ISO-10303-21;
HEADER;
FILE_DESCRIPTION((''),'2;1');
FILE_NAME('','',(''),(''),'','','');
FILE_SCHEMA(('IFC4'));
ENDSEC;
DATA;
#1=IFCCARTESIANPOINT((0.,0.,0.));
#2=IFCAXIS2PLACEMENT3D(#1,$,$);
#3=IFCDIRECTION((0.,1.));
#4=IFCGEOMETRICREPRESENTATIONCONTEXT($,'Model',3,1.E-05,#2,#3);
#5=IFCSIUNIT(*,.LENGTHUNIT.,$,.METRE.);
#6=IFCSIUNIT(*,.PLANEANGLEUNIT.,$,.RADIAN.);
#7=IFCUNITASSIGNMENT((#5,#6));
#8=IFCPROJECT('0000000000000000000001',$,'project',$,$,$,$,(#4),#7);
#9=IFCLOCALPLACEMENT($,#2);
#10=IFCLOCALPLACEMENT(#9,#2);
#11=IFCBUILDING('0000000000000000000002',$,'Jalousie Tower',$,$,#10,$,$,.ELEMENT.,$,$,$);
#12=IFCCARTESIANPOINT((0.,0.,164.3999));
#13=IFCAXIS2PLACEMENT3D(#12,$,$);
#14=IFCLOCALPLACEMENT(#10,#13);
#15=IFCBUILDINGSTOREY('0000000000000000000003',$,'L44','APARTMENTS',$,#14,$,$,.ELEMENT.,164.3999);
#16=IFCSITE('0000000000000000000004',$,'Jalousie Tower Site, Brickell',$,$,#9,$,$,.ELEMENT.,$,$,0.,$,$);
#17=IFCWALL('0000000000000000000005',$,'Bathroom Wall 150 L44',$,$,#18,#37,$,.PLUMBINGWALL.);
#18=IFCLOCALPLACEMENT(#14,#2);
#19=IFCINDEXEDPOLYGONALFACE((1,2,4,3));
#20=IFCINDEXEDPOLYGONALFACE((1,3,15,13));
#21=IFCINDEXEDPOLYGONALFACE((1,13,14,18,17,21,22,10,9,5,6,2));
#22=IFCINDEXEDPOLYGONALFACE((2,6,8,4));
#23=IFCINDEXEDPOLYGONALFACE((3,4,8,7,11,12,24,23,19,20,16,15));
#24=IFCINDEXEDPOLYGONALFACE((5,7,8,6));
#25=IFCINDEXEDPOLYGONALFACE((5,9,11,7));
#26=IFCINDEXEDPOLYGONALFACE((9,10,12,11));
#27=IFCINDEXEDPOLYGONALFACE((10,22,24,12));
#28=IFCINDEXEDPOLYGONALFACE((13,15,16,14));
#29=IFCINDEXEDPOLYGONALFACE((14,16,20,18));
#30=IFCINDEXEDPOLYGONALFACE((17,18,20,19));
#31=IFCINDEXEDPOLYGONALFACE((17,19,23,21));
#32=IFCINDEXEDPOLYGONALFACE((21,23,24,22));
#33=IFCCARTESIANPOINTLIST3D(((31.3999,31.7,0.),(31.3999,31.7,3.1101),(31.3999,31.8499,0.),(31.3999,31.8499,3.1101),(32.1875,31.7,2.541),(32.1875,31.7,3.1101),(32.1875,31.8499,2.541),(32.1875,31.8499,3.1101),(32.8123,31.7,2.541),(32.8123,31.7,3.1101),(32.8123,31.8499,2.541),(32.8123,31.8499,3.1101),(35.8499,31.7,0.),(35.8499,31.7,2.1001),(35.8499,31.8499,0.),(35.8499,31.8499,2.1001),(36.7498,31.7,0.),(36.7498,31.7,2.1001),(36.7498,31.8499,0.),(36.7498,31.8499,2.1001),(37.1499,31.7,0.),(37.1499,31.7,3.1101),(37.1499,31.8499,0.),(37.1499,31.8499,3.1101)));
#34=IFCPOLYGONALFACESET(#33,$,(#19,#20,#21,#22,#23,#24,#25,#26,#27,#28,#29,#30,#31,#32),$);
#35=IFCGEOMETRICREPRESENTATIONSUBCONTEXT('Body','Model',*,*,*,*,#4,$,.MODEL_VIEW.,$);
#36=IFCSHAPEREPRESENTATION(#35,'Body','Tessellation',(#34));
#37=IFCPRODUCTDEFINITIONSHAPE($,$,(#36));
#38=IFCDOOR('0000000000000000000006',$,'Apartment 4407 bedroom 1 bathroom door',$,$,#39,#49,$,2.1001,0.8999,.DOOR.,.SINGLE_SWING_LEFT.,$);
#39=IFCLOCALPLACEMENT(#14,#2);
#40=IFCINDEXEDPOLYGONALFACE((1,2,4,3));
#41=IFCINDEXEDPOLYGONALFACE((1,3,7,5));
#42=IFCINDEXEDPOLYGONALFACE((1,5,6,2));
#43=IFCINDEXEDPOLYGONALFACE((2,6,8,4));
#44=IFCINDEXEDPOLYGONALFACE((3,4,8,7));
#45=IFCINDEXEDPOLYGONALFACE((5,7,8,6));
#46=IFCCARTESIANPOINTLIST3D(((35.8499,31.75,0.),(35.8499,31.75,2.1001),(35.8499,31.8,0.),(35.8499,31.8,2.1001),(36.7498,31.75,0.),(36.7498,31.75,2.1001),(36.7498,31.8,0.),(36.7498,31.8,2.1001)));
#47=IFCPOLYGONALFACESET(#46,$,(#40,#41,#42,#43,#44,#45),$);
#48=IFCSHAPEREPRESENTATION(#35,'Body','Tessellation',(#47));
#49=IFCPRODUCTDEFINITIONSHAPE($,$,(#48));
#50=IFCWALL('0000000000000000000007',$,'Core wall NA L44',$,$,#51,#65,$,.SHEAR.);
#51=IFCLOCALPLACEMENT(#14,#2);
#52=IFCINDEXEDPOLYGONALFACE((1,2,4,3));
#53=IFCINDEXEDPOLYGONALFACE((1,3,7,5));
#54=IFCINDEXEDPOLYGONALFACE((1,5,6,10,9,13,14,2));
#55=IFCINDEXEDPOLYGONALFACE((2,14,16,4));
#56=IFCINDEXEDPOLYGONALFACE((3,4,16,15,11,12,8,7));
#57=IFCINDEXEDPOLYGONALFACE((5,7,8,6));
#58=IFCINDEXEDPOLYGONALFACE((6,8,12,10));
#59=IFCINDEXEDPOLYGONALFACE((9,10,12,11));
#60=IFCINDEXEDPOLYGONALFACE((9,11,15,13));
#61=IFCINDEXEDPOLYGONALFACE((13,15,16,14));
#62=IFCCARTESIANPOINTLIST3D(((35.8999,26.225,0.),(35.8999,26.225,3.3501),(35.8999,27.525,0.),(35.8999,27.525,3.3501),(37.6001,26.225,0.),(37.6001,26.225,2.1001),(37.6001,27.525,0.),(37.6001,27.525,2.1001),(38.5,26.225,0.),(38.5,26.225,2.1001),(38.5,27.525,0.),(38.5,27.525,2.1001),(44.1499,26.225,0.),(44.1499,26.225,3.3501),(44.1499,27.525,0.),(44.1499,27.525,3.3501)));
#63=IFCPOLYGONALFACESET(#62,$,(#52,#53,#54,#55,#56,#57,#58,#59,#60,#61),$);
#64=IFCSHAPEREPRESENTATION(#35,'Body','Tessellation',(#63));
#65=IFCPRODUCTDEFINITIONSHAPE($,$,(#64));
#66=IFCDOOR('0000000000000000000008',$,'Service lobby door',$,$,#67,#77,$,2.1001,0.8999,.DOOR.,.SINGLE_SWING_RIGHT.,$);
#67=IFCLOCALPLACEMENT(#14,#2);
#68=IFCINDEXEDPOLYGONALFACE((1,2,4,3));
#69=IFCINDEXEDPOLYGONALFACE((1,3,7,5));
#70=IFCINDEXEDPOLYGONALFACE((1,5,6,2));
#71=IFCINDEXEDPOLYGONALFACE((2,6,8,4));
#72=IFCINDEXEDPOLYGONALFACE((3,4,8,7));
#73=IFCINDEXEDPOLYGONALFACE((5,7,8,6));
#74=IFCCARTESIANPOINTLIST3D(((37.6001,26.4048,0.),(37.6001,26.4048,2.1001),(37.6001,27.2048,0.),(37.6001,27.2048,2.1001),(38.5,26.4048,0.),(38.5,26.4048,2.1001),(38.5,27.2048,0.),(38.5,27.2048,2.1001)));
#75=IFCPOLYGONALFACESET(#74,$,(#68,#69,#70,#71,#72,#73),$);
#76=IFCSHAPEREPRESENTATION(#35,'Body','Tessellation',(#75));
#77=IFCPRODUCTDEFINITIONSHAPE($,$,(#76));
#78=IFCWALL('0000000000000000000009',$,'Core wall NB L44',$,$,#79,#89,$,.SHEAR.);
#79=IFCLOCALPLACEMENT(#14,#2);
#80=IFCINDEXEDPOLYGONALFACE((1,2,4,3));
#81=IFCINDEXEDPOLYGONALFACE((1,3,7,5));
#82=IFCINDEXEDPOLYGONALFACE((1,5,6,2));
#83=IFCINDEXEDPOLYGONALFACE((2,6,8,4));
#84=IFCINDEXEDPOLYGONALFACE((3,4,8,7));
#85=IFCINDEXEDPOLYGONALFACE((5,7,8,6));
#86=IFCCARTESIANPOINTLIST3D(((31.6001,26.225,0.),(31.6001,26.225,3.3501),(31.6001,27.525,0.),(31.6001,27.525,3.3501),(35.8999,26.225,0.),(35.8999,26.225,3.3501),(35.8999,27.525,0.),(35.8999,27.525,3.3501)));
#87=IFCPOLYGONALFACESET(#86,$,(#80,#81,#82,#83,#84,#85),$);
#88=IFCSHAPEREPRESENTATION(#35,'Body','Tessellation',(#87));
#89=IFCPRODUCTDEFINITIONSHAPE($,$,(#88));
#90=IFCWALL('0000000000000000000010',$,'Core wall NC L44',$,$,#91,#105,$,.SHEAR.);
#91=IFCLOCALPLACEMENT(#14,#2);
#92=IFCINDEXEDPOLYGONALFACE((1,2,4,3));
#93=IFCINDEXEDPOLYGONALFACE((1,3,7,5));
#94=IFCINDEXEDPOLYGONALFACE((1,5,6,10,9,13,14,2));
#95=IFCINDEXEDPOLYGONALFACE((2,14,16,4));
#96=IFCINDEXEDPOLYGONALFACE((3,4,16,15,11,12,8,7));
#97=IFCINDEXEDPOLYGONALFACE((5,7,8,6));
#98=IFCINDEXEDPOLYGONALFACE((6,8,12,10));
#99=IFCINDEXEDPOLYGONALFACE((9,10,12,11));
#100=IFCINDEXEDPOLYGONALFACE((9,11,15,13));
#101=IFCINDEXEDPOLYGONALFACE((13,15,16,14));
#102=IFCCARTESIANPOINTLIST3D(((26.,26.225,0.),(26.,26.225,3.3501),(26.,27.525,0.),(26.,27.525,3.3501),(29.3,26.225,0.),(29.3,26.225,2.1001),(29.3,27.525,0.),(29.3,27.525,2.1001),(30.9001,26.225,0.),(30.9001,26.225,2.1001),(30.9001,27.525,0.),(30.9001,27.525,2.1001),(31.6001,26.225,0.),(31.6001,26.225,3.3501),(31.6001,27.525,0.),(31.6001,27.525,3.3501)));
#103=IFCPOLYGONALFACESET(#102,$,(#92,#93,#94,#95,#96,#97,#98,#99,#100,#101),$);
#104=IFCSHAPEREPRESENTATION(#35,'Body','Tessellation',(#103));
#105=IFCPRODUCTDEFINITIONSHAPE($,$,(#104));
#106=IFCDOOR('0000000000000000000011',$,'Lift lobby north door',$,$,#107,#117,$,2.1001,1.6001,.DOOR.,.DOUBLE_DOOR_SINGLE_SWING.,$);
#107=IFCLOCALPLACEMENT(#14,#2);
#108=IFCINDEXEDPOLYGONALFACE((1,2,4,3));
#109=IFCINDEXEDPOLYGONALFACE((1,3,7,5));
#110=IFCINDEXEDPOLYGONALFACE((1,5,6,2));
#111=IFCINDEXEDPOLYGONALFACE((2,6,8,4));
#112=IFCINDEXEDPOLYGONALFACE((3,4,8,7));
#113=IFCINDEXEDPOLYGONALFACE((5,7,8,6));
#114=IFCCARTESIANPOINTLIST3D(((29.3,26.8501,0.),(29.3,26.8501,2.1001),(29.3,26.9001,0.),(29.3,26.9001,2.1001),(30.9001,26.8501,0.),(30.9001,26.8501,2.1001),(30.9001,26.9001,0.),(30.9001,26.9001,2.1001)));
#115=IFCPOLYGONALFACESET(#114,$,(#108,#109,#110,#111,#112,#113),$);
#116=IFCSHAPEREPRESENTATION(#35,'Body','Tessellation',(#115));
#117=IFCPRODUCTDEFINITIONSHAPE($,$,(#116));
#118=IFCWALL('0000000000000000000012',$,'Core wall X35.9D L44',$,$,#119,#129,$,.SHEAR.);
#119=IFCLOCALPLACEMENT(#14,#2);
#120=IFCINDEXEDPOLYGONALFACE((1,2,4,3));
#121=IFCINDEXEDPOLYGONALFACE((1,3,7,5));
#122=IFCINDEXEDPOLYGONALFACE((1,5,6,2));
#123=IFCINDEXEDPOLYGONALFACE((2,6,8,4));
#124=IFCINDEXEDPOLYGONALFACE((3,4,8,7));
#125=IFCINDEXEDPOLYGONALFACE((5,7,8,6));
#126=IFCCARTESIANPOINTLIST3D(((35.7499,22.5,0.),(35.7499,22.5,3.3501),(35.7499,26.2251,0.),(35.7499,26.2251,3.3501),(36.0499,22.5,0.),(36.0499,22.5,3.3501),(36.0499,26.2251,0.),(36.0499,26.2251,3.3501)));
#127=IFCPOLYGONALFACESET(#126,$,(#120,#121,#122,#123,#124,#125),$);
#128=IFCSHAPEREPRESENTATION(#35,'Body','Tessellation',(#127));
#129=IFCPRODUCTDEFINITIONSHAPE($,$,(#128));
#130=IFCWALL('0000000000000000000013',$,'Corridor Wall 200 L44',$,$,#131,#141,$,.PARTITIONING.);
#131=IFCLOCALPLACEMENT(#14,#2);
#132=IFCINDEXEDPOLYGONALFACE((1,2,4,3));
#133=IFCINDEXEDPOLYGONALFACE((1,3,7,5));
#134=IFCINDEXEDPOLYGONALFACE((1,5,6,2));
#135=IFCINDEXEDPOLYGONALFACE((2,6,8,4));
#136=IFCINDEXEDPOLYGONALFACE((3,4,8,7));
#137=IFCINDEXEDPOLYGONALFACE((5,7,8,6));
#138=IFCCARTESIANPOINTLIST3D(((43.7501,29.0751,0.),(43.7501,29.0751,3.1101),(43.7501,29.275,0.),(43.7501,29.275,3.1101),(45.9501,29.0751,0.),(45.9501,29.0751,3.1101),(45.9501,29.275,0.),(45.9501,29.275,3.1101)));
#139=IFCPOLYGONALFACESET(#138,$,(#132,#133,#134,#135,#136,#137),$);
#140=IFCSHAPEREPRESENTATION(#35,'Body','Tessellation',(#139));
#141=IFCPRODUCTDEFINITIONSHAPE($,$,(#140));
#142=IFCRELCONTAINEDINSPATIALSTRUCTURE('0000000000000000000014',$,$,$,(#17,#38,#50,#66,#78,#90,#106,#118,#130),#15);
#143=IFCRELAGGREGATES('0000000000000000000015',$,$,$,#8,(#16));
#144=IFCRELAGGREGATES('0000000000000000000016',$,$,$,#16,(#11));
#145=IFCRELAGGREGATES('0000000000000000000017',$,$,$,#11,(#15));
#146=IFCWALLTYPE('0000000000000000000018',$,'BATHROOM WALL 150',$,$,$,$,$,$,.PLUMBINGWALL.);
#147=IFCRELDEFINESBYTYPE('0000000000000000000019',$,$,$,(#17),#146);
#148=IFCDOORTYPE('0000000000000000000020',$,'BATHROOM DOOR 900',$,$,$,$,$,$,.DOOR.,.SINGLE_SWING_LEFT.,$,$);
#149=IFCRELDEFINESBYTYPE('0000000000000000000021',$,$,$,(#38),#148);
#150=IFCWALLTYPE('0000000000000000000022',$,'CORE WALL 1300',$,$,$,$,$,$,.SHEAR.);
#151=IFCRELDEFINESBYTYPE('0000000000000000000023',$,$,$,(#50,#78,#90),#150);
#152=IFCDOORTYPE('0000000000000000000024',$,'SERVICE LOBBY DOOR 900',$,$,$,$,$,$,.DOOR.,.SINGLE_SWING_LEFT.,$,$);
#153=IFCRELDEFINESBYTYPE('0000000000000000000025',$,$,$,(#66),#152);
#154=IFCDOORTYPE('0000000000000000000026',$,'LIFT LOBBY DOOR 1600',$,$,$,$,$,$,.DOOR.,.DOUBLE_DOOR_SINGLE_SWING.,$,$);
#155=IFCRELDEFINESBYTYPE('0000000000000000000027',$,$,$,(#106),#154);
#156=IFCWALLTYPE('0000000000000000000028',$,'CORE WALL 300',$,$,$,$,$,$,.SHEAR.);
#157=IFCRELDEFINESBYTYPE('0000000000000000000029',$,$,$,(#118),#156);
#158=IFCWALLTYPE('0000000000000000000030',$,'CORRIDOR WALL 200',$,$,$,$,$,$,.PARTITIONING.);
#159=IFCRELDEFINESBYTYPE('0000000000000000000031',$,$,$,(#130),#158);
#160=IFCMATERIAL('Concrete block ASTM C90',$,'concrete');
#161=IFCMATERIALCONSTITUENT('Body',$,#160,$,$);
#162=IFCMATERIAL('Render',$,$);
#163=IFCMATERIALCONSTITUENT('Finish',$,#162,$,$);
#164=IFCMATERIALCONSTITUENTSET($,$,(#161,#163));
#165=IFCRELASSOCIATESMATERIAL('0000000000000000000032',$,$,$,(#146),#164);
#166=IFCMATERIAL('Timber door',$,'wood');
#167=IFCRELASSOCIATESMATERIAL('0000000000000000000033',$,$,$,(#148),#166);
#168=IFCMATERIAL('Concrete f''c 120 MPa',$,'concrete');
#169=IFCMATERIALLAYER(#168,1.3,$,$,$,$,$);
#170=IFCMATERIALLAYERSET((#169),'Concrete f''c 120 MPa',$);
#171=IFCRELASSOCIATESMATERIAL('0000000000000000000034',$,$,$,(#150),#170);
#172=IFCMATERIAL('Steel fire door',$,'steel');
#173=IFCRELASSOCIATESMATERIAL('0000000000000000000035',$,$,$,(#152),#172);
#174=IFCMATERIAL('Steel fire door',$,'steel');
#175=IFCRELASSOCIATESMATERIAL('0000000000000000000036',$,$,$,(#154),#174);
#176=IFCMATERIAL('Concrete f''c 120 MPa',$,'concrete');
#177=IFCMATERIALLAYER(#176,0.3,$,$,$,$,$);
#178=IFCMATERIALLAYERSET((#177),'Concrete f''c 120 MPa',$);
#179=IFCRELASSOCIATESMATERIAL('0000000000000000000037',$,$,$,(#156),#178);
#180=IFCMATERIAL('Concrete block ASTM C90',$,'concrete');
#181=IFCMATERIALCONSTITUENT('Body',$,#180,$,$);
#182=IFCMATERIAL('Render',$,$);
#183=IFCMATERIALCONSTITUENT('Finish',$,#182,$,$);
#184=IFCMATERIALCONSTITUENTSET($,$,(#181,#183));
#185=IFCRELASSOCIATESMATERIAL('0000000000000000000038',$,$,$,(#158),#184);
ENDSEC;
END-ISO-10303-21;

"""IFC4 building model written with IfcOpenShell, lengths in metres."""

from ifc_helpers import new_model, si_unit, direction, frame, frame_2d, origin, place, context, subcontext, project, spatial, polyline, rectangle, outline, extrude, material, layer, layer_set, constituent, constituent_set, type_object, element, fill, save


model = new_model("IFC4")

# Units and contexts
model_context = context("Model", 3, precision=1e-05, world=origin(), true_north=direction((0.0, 1.0)))
body_context = subcontext(model_context, "Body", "Model", "MODEL_VIEW")
ifc_project = project(units=[si_unit("LENGTHUNIT", "METRE"), si_unit("PLANEANGLEUNIT", "RADIAN")], contexts=[model_context])

# Site, building, storey
site_placement = place(None, origin())
site = spatial("IfcSite", under=ifc_project, at=site_placement, Name="Jalousie Tower Site, Brickell", CompositionType="ELEMENT", RefElevation=0.0)
building_placement = place(site_placement, origin())
building = spatial("IfcBuilding", under=site, at=building_placement, Name="Jalousie Tower", CompositionType="ELEMENT")
storey_placement = place(building_placement, frame((0.0, 0.0, 164.3999)))
storey = spatial("IfcBuildingStorey", under=building, at=storey_placement, Name="L44", Description="APARTMENTS", CompositionType="ELEMENT", Elevation=164.3999)

# Walls, openings, doors
ifc_material_1 = material(Name="Concrete block ASTM C90", Category="concrete")
ifc_constituent_1 = constituent(ifc_material_1, Name="Body")
ifc_material_2 = material(Name="Render")
ifc_constituent_2 = constituent(ifc_material_2, Name="Finish")
ifc_constituent_set_1 = constituent_set(constituents=[ifc_constituent_1, ifc_constituent_2])
wall_type_1 = type_object("IfcWallType", Name="BATHROOM WALL 150", PredefinedType="PLUMBINGWALL", material=ifc_constituent_set_1)
wall_1_placement = place(storey_placement, frame((31.3999, 31.7749, 0.0), z_axis=(0.0, 0.0, 1.0), x_axis=(1.0, 0.0, 0.0)))
wall_1 = element("IfcWall", 1, at=wall_1_placement, inside=storey, type_object=wall_type_1, Name="Bathroom Wall 150 L44", PredefinedType="PLUMBINGWALL", context=body_context, shape_type="SweptSolid", body=[
    extrude(outline(polyline([(0.0, 0.0), (5.75, 0.0), (5.75, 3.1101), (1.4124, 3.1101), (1.4124, 2.541), (0.7876, 2.541), (0.7876, 3.1101), (0.0, 3.1101), (0.0, 0.0)])), frame((0.0, 0.075, 0.0), z_axis=(0.0, -1.0, 0.0), x_axis=(1.0, 0.0, 0.0)), (0.0, 0.0, 1.0), 0.1499),
])
opening_1_placement = place(wall_1_placement, frame((4.45, 0.0, 0.0)))
opening_1 = element("IfcOpeningElement", 2, at=opening_1_placement, cuts=wall_1, PredefinedType="OPENING", context=body_context, shape_type="SweptSolid", body=[
    extrude(rectangle(XDim=0.8999, YDim=2.1001, at=frame_2d((0.45, 1.05))), frame((0.0, 0.085, 0.0), z_axis=(0.0, -1.0, 0.0), x_axis=(1.0, 0.0, 0.0)), (0.0, 0.0, 1.0), 0.1699),
])
ifc_material_3 = material(Name="Timber door", Category="wood")
door_type_1 = type_object("IfcDoorType", Name="BATHROOM DOOR 900", OperationType="SINGLE_SWING_LEFT", PredefinedType="DOOR", material=ifc_material_3)
door_1_placement = place(opening_1_placement, frame((0.8999, 0.0, 0.0), z_axis=(0.0, 0.0, 1.0), x_axis=(-1.0, 0.0, 0.0)))
door_1 = element("IfcDoor", 3, at=door_1_placement, inside=storey, type_object=door_type_1, Name="Apartment 4407 bedroom 1 bathroom door", OperationType="SINGLE_SWING_LEFT", OverallHeight=2.1001, OverallWidth=0.8999, PredefinedType="DOOR", context=body_context, shape_type="SweptSolid", body=[
    extrude(rectangle(XDim=0.8999, YDim=2.1001, at=frame_2d((0.45, 1.05))), frame((0.0, 0.0249, 0.0), z_axis=(0.0, -1.0, 0.0), x_axis=(1.0, 0.0, 0.0)), (0.0, 0.0, 1.0), 0.05),
])
fill(opening_1, door_1)
ifc_material_4 = material(Name="Concrete f'c 120 MPa", Category="concrete")
ifc_layer_1 = layer(ifc_material_4, 1.3)
ifc_layer_set_1 = layer_set([ifc_layer_1], Name="Concrete f'c 120 MPa")
wall_type_2 = type_object("IfcWallType", Name="CORE WALL 1300", PredefinedType="SHEAR", material=ifc_layer_set_1)
wall_2_placement = place(storey_placement, frame((44.1499, 26.875, 0.0), z_axis=(0.0, 0.0, 1.0), x_axis=(-1.0, 0.0, 0.0)))
wall_2 = element("IfcWall", 4, at=wall_2_placement, inside=storey, type_object=wall_type_2, Name="Core wall NA L44", PredefinedType="SHEAR", context=body_context, shape_type="SweptSolid", body=[
    extrude(rectangle(XDim=8.25, YDim=1.3, at=frame_2d((4.125, 0.0))), origin(), (0.0, 0.0, 1.0), 3.3501),
])
opening_2_placement = place(wall_2_placement, frame((5.6499, 0.0, 0.0)))
opening_2 = element("IfcOpeningElement", 5, at=opening_2_placement, cuts=wall_2, PredefinedType="OPENING", context=body_context, shape_type="SweptSolid", body=[
    extrude(rectangle(XDim=0.8999, YDim=2.1001, at=frame_2d((0.45, 1.05))), frame((0.0, 0.6599, 0.0), z_axis=(0.0, -1.0, 0.0), x_axis=(1.0, 0.0, 0.0)), (0.0, 0.0, 1.0), 1.3201),
])
ifc_material_5 = material(Name="Steel fire door", Category="steel")
door_type_2 = type_object("IfcDoorType", Name="SERVICE LOBBY DOOR 900", OperationType="SINGLE_SWING_LEFT", PredefinedType="DOOR", material=ifc_material_5)
door_2_placement = place(opening_2_placement, origin())
door_2 = element("IfcDoor", 6, at=door_2_placement, inside=storey, type_object=door_type_2, Name="Service lobby door", OperationType="SINGLE_SWING_RIGHT", OverallHeight=2.1001, OverallWidth=0.8999, PredefinedType="DOOR", context=body_context, shape_type="SweptSolid", body=[
    extrude(rectangle(XDim=0.8999, YDim=2.1001, at=frame_2d((0.45, 1.05))), frame((0.0, 0.4702, 0.0), z_axis=(0.0, -1.0, 0.0), x_axis=(1.0, 0.0, 0.0)), (0.0, 0.0, 1.0), 0.8),
])
fill(opening_2, door_2)

# Wall
wall_3_placement = place(storey_placement, frame((35.8999, 26.875, 0.0), z_axis=(0.0, 0.0, 1.0), x_axis=(-1.0, 0.0, 0.0)))
element("IfcWall", 7, at=wall_3_placement, inside=storey, type_object=wall_type_2, Name="Core wall NB L44", PredefinedType="SHEAR", context=body_context, shape_type="SweptSolid", body=[
    extrude(rectangle(XDim=4.2998, YDim=1.3, at=frame_2d((2.1499, 0.0))), origin(), (0.0, 0.0, 1.0), 3.3501),
])

# Wall, opening, door
wall_4_placement = place(storey_placement, frame((31.6001, 26.875, 0.0), z_axis=(0.0, 0.0, 1.0), x_axis=(-1.0, 0.0, 0.0)))
wall_4 = element("IfcWall", 8, at=wall_4_placement, inside=storey, type_object=wall_type_2, Name="Core wall NC L44", PredefinedType="SHEAR", context=body_context, shape_type="SweptSolid", body=[
    extrude(rectangle(XDim=5.6001, YDim=1.3, at=frame_2d((2.8, 0.0))), origin(), (0.0, 0.0, 1.0), 3.3501),
])
opening_3_placement = place(wall_4_placement, frame((0.7, 0.0, 0.0)))
opening_3 = element("IfcOpeningElement", 9, at=opening_3_placement, cuts=wall_4, PredefinedType="OPENING", context=body_context, shape_type="SweptSolid", body=[
    extrude(rectangle(XDim=1.6001, YDim=2.1001, at=frame_2d((0.8, 1.05))), frame((0.0, 0.6599, 0.0), z_axis=(0.0, -1.0, 0.0), x_axis=(1.0, 0.0, 0.0)), (0.0, 0.0, 1.0), 1.3201),
])
ifc_material_6 = material(Name="Steel fire door", Category="steel")
door_type_3 = type_object("IfcDoorType", Name="LIFT LOBBY DOOR 1600", OperationType="DOUBLE_DOOR_SINGLE_SWING", PredefinedType="DOOR", material=ifc_material_6)
door_3_placement = place(opening_3_placement, origin())
door_3 = element("IfcDoor", 10, at=door_3_placement, inside=storey, type_object=door_type_3, Name="Lift lobby north door", OperationType="DOUBLE_DOOR_SINGLE_SWING", OverallHeight=2.1001, OverallWidth=1.6001, PredefinedType="DOOR", context=body_context, shape_type="SweptSolid", body=[
    extrude(rectangle(XDim=1.6001, YDim=2.1001, at=frame_2d((0.8, 1.05))), frame((0.0, 0.0249, 0.0), z_axis=(0.0, -1.0, 0.0), x_axis=(1.0, 0.0, 0.0)), (0.0, 0.0, 1.0), 0.05),
])
fill(opening_3, door_3)

# Walls
ifc_material_7 = material(Name="Concrete f'c 120 MPa", Category="concrete")
ifc_layer_2 = layer(ifc_material_7, 0.3)
ifc_layer_set_2 = layer_set([ifc_layer_2], Name="Concrete f'c 120 MPa")
wall_type_3 = type_object("IfcWallType", Name="CORE WALL 300", PredefinedType="SHEAR", material=ifc_layer_set_2)
wall_5_placement = place(storey_placement, frame((35.8999, 22.5, 0.0), z_axis=(0.0, 0.0, 1.0), x_axis=(0.0, 1.0, 0.0)))
element("IfcWall", 11, at=wall_5_placement, inside=storey, type_object=wall_type_3, Name="Core wall X35.9D L44", PredefinedType="SHEAR", context=body_context, shape_type="SweptSolid", body=[
    extrude(rectangle(XDim=3.7251, YDim=0.3, at=frame_2d((1.8625, 0.0))), origin(), (0.0, 0.0, 1.0), 3.3501),
])
ifc_material_8 = material(Name="Concrete block ASTM C90", Category="concrete")
ifc_constituent_3 = constituent(ifc_material_8, Name="Body")
ifc_material_9 = material(Name="Render")
ifc_constituent_4 = constituent(ifc_material_9, Name="Finish")
ifc_constituent_set_2 = constituent_set(constituents=[ifc_constituent_3, ifc_constituent_4])
wall_type_4 = type_object("IfcWallType", Name="CORRIDOR WALL 200", PredefinedType="PARTITIONING", material=ifc_constituent_set_2)
wall_6_placement = place(storey_placement, frame((43.75, 29.175, 0.0), z_axis=(0.0, 0.0, 1.0), x_axis=(1.0, 0.0, 0.0)))
element("IfcWall", 12, at=wall_6_placement, inside=storey, type_object=wall_type_4, Name="Corridor Wall 200 L44", PredefinedType="PARTITIONING", context=body_context, shape_type="SweptSolid", body=[
    extrude(rectangle(XDim=2.2, YDim=0.2, at=frame_2d((1.1001, 0.0))), origin(), (0.0, 0.0, 1.0), 3.1101),
])

save(model, "model.ifc")
